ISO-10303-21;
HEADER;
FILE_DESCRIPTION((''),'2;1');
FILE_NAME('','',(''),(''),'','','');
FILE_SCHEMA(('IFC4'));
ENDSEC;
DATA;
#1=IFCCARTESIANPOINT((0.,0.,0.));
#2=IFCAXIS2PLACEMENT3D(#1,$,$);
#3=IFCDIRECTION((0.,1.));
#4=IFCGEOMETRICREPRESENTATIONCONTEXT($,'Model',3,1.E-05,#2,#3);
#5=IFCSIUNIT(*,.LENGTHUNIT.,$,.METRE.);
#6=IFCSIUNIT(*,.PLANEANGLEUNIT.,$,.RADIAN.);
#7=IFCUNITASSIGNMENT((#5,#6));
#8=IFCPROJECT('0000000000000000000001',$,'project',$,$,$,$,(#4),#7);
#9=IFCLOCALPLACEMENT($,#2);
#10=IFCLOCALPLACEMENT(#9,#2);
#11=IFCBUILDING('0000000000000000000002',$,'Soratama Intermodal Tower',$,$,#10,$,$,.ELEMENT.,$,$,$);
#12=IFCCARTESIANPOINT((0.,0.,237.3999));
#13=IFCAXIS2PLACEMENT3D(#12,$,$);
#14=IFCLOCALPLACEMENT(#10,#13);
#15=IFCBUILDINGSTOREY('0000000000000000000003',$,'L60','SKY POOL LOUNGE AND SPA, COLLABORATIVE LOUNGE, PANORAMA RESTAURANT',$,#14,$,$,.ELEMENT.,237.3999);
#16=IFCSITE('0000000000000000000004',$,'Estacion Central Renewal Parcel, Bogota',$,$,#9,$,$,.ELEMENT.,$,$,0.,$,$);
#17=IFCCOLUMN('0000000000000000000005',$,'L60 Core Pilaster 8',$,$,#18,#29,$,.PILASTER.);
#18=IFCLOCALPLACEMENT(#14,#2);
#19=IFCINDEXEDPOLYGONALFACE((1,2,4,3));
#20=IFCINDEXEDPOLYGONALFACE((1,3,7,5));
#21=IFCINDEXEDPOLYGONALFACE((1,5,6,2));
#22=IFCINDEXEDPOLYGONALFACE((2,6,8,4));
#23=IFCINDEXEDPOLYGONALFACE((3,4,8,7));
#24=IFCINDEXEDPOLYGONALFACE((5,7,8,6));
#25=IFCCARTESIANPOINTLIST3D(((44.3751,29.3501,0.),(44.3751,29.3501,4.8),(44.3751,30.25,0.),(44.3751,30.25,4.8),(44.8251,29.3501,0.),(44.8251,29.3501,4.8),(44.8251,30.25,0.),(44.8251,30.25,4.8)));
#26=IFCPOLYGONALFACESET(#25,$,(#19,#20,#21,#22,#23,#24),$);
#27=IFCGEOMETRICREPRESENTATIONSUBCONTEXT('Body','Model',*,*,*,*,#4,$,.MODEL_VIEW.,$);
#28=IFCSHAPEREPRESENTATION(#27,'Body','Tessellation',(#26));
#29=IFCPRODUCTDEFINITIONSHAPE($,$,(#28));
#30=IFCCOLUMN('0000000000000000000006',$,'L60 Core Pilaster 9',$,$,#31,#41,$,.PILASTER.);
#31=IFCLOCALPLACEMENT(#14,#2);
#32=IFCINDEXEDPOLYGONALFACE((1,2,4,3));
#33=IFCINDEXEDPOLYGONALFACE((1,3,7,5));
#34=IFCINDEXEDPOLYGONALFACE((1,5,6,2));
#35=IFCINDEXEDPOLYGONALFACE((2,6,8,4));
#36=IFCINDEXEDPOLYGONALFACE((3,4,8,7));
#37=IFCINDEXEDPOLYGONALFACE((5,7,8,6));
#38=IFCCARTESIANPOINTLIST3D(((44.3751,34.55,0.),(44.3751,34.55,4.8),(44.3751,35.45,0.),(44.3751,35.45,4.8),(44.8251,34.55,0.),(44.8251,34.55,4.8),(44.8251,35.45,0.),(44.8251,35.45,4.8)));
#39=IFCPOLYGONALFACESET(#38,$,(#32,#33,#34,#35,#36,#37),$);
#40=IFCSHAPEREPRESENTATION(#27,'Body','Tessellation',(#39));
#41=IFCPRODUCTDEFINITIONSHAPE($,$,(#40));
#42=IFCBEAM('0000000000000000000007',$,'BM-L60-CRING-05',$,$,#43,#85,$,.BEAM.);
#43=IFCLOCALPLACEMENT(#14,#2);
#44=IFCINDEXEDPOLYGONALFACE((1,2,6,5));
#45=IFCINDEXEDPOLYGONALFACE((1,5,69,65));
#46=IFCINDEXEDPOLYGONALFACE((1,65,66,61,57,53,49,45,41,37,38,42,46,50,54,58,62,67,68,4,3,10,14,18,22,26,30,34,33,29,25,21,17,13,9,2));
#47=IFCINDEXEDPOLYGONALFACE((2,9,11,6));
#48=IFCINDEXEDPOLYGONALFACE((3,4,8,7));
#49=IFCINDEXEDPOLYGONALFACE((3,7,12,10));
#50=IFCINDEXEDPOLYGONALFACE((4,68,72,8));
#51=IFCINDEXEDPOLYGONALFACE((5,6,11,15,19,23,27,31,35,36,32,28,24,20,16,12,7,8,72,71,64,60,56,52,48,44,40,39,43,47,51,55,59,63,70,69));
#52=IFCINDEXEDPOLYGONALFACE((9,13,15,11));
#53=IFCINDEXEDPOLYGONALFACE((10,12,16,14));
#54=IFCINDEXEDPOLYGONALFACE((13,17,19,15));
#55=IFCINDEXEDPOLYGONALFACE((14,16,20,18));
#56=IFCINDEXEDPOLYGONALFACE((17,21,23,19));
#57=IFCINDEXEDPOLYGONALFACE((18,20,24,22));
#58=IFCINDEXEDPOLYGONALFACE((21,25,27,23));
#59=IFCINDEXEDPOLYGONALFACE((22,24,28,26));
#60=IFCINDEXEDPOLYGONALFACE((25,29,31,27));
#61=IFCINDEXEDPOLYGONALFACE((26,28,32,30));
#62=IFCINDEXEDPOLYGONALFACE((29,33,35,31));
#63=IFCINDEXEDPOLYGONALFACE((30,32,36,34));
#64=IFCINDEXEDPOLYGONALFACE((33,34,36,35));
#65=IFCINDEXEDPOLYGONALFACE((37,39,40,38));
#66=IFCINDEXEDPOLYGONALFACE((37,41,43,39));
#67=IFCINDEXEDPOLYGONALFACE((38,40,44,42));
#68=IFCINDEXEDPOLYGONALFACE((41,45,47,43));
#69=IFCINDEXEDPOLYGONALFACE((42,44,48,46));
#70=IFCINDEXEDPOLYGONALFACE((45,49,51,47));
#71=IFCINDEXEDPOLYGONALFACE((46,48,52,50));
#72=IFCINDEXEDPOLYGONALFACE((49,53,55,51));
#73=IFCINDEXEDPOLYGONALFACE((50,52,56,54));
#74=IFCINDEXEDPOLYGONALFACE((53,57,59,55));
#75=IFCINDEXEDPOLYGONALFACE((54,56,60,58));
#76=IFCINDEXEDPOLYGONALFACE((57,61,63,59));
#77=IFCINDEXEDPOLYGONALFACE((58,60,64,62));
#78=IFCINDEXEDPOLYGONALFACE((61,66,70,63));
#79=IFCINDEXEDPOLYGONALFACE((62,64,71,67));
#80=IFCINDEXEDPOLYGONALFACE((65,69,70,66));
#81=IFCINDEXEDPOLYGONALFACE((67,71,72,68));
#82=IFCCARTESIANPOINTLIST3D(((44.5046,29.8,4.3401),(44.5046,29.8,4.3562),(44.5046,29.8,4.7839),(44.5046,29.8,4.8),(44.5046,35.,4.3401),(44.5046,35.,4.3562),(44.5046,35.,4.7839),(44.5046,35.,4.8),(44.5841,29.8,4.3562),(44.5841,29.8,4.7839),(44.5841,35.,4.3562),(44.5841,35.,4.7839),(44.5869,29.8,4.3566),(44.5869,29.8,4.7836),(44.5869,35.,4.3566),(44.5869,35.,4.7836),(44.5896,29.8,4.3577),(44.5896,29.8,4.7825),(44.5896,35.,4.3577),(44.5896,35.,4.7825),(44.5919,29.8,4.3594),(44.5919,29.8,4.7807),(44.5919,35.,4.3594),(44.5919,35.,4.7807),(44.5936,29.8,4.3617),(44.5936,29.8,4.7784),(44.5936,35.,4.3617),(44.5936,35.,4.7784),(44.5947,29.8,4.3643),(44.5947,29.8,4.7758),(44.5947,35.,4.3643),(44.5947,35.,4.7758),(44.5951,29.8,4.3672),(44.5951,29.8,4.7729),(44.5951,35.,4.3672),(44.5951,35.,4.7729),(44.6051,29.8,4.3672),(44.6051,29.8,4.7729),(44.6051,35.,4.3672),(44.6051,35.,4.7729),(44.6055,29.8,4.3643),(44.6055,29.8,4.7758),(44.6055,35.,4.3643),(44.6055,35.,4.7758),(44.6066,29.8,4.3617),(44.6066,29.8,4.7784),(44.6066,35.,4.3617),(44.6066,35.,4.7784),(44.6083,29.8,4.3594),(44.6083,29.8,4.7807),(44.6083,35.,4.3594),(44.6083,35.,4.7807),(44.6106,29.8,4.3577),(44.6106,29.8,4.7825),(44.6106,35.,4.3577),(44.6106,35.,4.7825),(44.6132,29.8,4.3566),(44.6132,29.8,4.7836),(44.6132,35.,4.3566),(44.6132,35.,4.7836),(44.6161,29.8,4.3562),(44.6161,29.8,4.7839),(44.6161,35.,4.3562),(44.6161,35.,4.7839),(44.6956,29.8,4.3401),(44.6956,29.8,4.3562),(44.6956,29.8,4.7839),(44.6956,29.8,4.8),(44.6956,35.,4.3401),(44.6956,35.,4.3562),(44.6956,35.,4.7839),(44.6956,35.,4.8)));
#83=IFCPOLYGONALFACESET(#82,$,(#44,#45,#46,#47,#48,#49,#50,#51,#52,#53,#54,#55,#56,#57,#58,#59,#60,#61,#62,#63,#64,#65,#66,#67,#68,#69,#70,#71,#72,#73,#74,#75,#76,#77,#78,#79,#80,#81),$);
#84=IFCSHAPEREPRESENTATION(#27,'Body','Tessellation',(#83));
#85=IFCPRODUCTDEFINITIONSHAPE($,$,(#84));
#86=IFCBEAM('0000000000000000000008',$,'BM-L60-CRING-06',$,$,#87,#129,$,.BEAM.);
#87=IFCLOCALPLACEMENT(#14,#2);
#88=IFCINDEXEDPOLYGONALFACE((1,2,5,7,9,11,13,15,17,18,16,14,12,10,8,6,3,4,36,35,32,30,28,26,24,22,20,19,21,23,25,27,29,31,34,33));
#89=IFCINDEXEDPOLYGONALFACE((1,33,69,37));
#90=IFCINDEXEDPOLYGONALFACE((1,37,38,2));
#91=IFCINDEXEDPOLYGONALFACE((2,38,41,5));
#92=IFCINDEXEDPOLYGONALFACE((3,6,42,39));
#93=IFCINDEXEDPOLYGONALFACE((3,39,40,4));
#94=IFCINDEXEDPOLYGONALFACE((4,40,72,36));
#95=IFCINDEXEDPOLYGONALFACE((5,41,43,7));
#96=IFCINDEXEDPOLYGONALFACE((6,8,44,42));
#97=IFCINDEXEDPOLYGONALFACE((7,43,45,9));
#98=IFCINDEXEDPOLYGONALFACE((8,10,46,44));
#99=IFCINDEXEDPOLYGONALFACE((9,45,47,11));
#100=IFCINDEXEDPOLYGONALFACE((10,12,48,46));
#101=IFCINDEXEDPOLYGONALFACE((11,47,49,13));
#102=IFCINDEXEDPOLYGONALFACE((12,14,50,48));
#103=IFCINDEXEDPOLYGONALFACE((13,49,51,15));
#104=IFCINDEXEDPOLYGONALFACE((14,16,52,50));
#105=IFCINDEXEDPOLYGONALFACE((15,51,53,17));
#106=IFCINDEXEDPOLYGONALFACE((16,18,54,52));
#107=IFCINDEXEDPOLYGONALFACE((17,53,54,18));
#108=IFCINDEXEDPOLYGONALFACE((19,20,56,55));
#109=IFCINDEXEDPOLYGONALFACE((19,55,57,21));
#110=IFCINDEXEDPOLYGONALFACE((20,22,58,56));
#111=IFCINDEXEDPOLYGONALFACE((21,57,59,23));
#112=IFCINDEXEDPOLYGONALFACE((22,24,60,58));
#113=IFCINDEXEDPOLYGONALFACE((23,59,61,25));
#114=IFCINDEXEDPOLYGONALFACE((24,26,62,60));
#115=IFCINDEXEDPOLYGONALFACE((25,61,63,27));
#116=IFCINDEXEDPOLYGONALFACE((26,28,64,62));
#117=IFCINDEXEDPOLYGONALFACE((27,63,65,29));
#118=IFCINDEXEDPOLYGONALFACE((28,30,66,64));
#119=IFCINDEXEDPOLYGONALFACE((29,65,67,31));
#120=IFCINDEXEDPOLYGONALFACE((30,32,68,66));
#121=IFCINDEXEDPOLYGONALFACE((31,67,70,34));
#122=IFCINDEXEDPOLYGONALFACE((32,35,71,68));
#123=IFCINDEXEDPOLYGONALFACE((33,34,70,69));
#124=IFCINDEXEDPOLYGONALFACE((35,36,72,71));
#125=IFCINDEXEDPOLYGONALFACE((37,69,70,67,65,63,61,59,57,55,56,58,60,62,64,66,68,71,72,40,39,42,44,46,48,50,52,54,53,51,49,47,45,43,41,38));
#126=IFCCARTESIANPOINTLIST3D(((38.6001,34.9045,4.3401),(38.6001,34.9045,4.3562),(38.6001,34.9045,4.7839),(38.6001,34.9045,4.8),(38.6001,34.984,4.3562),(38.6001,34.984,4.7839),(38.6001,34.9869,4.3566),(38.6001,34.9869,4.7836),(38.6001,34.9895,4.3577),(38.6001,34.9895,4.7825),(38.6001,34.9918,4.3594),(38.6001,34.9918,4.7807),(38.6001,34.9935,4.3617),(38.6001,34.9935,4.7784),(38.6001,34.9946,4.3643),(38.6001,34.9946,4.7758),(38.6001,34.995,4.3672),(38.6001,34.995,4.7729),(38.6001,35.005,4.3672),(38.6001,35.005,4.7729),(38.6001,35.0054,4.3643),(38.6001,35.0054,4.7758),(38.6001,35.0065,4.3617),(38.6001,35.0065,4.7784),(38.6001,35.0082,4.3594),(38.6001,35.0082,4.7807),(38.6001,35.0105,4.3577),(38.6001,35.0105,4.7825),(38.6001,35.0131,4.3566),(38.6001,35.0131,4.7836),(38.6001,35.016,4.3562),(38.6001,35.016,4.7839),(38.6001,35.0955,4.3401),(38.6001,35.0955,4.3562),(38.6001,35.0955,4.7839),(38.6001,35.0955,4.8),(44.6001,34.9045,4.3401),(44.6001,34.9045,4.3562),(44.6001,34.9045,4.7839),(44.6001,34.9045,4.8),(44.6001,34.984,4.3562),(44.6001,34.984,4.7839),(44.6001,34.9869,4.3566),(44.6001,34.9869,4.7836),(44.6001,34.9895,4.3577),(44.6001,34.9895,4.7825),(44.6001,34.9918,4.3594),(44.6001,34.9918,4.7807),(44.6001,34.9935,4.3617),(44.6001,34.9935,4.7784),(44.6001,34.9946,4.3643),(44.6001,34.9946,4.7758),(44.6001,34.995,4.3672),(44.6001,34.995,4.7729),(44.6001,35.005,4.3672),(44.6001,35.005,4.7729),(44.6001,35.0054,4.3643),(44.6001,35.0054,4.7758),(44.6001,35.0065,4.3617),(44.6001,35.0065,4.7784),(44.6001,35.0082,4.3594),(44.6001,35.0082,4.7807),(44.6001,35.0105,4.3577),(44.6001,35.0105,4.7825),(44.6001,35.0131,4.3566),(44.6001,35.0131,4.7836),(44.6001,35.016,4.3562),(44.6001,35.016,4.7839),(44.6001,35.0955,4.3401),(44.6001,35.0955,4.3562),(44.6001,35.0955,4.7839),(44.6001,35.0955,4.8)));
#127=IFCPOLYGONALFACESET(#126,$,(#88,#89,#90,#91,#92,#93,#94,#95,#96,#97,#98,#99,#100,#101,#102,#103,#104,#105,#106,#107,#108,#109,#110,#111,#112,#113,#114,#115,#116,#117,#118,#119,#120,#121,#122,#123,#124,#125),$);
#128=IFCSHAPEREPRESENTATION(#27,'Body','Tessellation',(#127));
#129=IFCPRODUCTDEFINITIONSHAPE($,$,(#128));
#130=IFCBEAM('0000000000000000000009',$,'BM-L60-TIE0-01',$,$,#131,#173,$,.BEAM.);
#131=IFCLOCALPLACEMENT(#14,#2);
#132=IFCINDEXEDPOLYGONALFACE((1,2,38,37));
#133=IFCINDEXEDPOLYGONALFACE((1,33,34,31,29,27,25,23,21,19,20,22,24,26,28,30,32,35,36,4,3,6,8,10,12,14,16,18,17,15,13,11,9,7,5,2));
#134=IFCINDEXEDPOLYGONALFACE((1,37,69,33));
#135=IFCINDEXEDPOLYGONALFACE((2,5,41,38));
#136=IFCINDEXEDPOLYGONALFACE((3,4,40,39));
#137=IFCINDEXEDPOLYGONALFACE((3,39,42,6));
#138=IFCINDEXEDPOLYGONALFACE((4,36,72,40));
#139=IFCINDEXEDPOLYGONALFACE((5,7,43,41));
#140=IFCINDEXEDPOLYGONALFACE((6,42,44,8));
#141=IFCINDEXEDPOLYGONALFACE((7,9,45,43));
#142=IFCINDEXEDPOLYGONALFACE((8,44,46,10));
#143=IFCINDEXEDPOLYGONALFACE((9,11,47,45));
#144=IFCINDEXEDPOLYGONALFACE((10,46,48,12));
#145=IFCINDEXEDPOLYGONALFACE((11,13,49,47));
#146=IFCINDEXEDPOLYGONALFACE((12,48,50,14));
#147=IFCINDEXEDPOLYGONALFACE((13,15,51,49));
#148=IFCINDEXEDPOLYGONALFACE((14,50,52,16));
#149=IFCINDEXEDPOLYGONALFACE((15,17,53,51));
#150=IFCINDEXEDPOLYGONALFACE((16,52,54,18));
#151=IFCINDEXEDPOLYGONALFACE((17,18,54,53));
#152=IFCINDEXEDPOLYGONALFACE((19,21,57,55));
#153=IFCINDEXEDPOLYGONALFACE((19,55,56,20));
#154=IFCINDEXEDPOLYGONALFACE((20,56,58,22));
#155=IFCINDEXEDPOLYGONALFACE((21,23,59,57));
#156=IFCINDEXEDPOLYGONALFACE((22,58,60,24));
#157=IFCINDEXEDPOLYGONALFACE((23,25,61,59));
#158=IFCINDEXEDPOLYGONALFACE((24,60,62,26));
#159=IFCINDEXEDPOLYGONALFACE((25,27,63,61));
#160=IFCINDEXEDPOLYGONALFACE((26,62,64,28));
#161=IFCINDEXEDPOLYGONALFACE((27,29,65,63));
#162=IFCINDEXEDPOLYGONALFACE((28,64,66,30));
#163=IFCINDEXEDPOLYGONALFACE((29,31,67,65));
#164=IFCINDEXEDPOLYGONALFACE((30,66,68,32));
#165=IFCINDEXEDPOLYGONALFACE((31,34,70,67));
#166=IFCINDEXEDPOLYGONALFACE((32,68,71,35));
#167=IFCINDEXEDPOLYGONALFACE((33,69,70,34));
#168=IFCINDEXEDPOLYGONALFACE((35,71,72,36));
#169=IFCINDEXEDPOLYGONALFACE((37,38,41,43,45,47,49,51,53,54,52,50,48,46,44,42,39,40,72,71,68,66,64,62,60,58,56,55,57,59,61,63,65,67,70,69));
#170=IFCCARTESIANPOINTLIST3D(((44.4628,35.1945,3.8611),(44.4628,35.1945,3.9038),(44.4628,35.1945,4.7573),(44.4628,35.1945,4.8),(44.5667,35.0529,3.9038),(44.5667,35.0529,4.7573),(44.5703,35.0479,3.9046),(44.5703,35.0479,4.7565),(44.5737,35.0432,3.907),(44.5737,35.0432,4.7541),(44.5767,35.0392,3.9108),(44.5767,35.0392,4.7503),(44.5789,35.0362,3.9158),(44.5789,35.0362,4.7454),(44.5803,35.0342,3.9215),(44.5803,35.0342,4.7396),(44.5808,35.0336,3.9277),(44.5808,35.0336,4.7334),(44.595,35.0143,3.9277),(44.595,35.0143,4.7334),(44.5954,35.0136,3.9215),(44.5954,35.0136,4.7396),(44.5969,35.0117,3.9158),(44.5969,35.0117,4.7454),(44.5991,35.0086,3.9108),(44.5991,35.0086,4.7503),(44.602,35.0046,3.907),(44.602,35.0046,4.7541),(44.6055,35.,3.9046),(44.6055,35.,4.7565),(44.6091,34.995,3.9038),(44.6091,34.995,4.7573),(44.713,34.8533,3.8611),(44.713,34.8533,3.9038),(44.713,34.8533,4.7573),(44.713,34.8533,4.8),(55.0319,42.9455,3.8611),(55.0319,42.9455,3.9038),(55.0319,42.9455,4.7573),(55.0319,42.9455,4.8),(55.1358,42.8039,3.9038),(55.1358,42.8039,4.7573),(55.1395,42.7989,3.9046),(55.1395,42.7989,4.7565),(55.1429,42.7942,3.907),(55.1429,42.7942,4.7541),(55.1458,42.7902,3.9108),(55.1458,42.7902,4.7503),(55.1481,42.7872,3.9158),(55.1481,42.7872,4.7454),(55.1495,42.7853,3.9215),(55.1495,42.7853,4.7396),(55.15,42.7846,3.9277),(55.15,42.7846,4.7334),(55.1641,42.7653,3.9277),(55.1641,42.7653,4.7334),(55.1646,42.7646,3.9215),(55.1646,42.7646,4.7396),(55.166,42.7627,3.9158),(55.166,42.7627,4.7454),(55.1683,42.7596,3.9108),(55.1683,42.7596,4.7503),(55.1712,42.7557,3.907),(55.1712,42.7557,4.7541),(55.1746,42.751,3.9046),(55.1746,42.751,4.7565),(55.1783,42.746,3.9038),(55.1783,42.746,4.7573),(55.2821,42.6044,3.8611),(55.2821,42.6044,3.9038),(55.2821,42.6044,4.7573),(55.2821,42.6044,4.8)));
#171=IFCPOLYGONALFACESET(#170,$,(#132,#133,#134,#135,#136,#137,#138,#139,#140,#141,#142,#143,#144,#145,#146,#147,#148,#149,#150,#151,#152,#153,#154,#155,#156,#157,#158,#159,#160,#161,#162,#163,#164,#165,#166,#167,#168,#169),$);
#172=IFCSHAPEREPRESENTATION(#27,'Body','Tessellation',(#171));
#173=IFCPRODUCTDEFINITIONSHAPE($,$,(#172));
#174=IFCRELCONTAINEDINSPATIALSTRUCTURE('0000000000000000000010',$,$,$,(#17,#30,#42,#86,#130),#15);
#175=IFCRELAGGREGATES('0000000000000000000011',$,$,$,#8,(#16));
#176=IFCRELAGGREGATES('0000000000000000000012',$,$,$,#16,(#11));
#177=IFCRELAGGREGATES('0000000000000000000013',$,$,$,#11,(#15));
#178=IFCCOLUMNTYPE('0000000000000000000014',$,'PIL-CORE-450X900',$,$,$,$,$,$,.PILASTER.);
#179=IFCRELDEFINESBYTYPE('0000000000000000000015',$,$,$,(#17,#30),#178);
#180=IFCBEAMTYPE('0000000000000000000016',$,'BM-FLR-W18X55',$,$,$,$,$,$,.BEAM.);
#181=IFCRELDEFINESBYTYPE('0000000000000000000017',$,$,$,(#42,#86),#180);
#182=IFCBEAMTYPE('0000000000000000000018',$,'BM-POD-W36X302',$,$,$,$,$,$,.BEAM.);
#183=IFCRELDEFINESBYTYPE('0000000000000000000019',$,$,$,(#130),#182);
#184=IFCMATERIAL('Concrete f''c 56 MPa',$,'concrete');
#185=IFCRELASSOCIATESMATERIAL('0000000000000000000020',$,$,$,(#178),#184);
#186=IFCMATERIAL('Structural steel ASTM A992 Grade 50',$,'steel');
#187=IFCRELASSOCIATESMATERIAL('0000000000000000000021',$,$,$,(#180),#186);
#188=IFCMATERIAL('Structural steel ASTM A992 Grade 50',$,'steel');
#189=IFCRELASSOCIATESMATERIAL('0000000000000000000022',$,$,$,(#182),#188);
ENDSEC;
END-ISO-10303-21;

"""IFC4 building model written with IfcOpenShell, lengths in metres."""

from ifc_helpers import new_model, si_unit, direction, frame, origin, origin_2d, place, context, subcontext, project, spatial, rectangle, i_section, extrude, material, material_profile, profile_set, type_object, element, save


model = new_model("IFC4")

# Units and contexts
model_context = context("Model", 3, precision=1e-05, world=origin(), true_north=direction((0.0, 1.0)))
body_context = subcontext(model_context, "Body", "Model", "MODEL_VIEW")
ifc_project = project(units=[si_unit("LENGTHUNIT", "METRE"), si_unit("PLANEANGLEUNIT", "RADIAN")], contexts=[model_context])

# Site, building, storey
site_placement = place(None, origin())
site = spatial("IfcSite", under=ifc_project, at=site_placement, Name="Estacion Central Renewal Parcel, Bogota", CompositionType="ELEMENT", RefElevation=0.0)
building_placement = place(site_placement, origin())
building = spatial("IfcBuilding", under=site, at=building_placement, Name="Soratama Intermodal Tower", CompositionType="ELEMENT")
storey_placement = place(building_placement, frame((0.0, 0.0, 237.3999)))
storey = spatial("IfcBuildingStorey", under=building, at=storey_placement, Name="L60", Description="SKY POOL LOUNGE AND SPA, COLLABORATIVE LOUNGE, PANORAMA RESTAURANT", CompositionType="ELEMENT", Elevation=237.3999)

# Columns
ifc_material_1 = material(Name="Concrete f'c 56 MPa", Category="concrete")
ifc_material_profile_1 = material_profile(ifc_material_1, rectangle(XDim=0.45, YDim=0.8999, at=origin_2d()), Name="RC450X900")
ifc_profile_set_1 = profile_set([ifc_material_profile_1], Name="Concrete f'c 56 MPa")
column_type = type_object("IfcColumnType", Name="PIL-CORE-450X900", PredefinedType="PILASTER", material=ifc_profile_set_1)
for number, where, z_axis, x_axis, name in (
    (1, (44.6001, 29.8, 0.0), (0.0, 0.0, 1.0), (1.0, 0.0, 0.0), "L60 Core Pilaster 8"),
    (2, (44.6001, 35.0, 0.0), (0.0, 0.0, 1.0), (1.0, 0.0, 0.0), "L60 Core Pilaster 9"),
):
    element("IfcColumn", number, at=place(storey_placement, frame(where, z_axis=z_axis, x_axis=x_axis)), inside=storey, type_object=column_type, Name=name, PredefinedType="PILASTER", context=body_context, shape_type="SweptSolid", body=[
        extrude(rectangle(XDim=0.45, YDim=0.8999, at=origin_2d()), origin(), (0.0, 0.0, 1.0), 4.8),
    ])

# Beams
ifc_material_2 = material(Name="Structural steel ASTM A992 Grade 50", Category="steel")
ifc_material_profile_2 = material_profile(ifc_material_2, i_section(OverallWidth=0.1909, OverallDepth=0.46, WebThickness=0.01, FlangeThickness=0.0161, FilletRadius=0.011, at=origin_2d()), Name="W18X55")
ifc_profile_set_2 = profile_set([ifc_material_profile_2], Name="Structural steel ASTM A992 Grade 50")
beam_type_1 = type_object("IfcBeamType", Name="BM-FLR-W18X55", PredefinedType="BEAM", material=ifc_profile_set_2)
beam_1_placement = place(storey_placement, frame((44.6001, 29.8, 4.5701), z_axis=(0.0, 1.0, 0.0), x_axis=(-1.0, 0.0, 0.0)))
element("IfcBeam", 3, at=beam_1_placement, inside=storey, type_object=beam_type_1, Name="BM-L60-CRING-05", PredefinedType="BEAM", context=body_context, shape_type="SweptSolid", body=[
    extrude(i_section(OverallWidth=0.1909, OverallDepth=0.46, WebThickness=0.01, FlangeThickness=0.0161, FilletRadius=0.011, at=origin_2d()), origin(), (0.0, 0.0, 1.0), 5.2),
])
beam_2_placement = place(storey_placement, frame((44.6001, 35.0, 4.5701), z_axis=(-1.0, 0.0, 0.0), x_axis=(0.0, -1.0, 0.0)))
element("IfcBeam", 4, at=beam_2_placement, inside=storey, type_object=beam_type_1, Name="BM-L60-CRING-06", PredefinedType="BEAM", context=body_context, shape_type="SweptSolid", body=[
    extrude(i_section(OverallWidth=0.1909, OverallDepth=0.46, WebThickness=0.01, FlangeThickness=0.0161, FilletRadius=0.011, at=origin_2d()), origin(), (0.0, 0.0, 1.0), 6.0),
])
ifc_material_3 = material(Name="Structural steel ASTM A992 Grade 50", Category="steel")
ifc_material_profile_3 = material_profile(ifc_material_3, i_section(OverallWidth=0.4231, OverallDepth=0.939, WebThickness=0.0239, FlangeThickness=0.0427, FilletRadius=0.0239, at=origin_2d()), Name="W36X302")
ifc_profile_set_3 = profile_set([ifc_material_profile_3], Name="Structural steel ASTM A992 Grade 50")
beam_type_2 = type_object("IfcBeamType", Name="BM-POD-W36X302", PredefinedType="BEAM", material=ifc_profile_set_3)
beam_3_placement = place(storey_placement, frame((44.5879, 35.0239, 4.3306), z_axis=(0.806394, 0.591379, 0.0), x_axis=(-0.591379, 0.806394, 0.0)))
element("IfcBeam", 5, at=beam_3_placement, inside=storey, type_object=beam_type_2, Name="BM-L60-TIE0-01", PredefinedType="BEAM", context=body_context, shape_type="SweptSolid", body=[
    extrude(i_section(OverallWidth=0.4231, OverallDepth=0.939, WebThickness=0.0239, FlangeThickness=0.0427, FilletRadius=0.0239, at=origin_2d()), origin(), (0.0, 0.0, 1.0), 13.1067),
])

save(model, "model.ifc")
